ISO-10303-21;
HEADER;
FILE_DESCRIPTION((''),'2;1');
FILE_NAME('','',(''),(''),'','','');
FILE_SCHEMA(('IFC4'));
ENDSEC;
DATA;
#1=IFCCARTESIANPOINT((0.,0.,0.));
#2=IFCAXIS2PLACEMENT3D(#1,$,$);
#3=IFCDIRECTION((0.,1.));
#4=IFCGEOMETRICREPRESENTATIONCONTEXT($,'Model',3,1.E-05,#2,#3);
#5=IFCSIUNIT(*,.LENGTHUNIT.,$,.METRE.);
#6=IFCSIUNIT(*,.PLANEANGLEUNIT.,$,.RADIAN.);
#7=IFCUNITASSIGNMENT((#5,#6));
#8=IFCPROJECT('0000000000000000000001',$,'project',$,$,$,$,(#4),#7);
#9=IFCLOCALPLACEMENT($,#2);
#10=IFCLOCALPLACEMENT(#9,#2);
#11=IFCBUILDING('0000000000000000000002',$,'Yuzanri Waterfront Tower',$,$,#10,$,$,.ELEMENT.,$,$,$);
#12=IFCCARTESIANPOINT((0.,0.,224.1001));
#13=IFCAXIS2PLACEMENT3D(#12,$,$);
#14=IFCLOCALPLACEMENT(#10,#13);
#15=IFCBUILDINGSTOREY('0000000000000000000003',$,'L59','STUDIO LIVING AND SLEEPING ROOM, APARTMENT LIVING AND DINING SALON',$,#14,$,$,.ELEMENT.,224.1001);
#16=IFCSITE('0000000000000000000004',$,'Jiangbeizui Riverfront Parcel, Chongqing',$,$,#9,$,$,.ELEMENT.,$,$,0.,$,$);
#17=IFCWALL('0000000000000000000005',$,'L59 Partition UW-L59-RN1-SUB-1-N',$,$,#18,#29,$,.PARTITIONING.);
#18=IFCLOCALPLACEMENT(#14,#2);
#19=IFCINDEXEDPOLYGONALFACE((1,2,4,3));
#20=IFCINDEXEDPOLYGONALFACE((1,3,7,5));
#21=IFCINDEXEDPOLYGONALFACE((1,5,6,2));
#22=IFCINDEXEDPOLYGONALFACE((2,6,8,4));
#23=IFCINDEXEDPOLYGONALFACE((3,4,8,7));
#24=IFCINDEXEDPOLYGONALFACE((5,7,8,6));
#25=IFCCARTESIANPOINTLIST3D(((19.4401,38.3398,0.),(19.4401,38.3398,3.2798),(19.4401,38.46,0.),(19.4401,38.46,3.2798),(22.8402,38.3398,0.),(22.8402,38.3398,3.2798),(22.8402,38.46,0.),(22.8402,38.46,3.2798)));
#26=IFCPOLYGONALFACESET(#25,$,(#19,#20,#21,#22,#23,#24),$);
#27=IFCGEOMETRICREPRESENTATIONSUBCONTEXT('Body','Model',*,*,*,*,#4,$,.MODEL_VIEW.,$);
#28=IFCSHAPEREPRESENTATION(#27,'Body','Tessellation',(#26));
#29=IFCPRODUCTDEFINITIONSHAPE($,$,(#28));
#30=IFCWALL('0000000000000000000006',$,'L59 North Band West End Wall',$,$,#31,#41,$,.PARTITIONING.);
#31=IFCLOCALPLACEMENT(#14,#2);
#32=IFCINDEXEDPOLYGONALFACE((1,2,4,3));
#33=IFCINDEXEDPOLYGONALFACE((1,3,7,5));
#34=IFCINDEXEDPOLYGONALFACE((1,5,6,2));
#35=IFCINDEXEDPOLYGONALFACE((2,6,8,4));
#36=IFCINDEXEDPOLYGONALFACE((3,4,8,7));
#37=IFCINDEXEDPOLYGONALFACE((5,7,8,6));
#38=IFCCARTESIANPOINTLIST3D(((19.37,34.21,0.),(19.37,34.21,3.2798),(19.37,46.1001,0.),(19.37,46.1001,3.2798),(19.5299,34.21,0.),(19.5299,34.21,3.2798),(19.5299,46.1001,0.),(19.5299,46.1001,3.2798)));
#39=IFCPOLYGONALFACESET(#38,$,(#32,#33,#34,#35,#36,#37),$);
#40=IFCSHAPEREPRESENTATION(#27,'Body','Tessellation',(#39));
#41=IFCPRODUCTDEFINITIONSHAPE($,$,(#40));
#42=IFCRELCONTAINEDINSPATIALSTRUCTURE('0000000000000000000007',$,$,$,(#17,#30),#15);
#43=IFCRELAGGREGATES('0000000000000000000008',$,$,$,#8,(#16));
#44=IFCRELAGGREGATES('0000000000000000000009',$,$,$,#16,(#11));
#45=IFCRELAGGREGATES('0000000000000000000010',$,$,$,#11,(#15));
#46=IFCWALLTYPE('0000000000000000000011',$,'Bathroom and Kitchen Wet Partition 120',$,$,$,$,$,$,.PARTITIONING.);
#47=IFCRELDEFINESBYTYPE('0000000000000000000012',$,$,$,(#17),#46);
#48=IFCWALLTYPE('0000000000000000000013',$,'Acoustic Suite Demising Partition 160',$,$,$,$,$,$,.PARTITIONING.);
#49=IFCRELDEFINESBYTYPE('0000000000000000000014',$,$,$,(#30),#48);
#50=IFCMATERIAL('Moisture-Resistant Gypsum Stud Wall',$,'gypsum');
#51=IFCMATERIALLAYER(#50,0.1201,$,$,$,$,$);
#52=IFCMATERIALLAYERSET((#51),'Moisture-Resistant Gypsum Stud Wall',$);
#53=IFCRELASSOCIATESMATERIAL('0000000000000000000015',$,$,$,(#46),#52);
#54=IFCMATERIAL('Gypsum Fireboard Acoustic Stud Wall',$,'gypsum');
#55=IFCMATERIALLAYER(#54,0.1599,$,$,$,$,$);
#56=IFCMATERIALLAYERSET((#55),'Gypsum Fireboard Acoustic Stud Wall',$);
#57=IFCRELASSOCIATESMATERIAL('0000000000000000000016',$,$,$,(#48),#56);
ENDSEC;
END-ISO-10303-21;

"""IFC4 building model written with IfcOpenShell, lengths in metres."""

from ifc_helpers import new_model, si_unit, direction, frame, frame_2d, origin, place, context, subcontext, project, spatial, rectangle, extrude, source, transform, mapped, material, layer, layer_set, type_object, element, save


model = new_model("IFC4")

# Units and contexts
model_context = context("Model", 3, precision=1e-05, world=origin(), true_north=direction((0.0, 1.0)))
body_context = subcontext(model_context, "Body", "Model", "MODEL_VIEW")
ifc_project = project(units=[si_unit("LENGTHUNIT", "METRE"), si_unit("PLANEANGLEUNIT", "RADIAN")], contexts=[model_context])

# Site, building, storey
site_placement = place(None, origin())
site = spatial("IfcSite", under=ifc_project, at=site_placement, Name="Jiangbeizui Riverfront Parcel, Chongqing", CompositionType="ELEMENT", RefElevation=0.0)
building_placement = place(site_placement, origin())
building = spatial("IfcBuilding", under=site, at=building_placement, Name="Yuzanri Waterfront Tower", CompositionType="ELEMENT")
storey_placement = place(building_placement, frame((0.0, 0.0, 224.1001)))
storey = spatial("IfcBuildingStorey", under=building, at=storey_placement, Name="L59", Description="STUDIO LIVING AND SLEEPING ROOM, APARTMENT LIVING AND DINING SALON", CompositionType="ELEMENT", Elevation=224.1001)

# Walls
ifc_material_1 = material(Name="Moisture-Resistant Gypsum Stud Wall", Category="gypsum")
ifc_layer_1 = layer(ifc_material_1, 0.1201)
ifc_layer_set_1 = layer_set([ifc_layer_1], Name="Moisture-Resistant Gypsum Stud Wall")
wall_type_1 = type_object("IfcWallType", Name="Bathroom and Kitchen Wet Partition 120", PredefinedType="PARTITIONING", material=ifc_layer_set_1)
shared_shape_1 = source(origin(), body_context, "Body", "SweptSolid", [
    extrude(rectangle(XDim=3.4001, YDim=0.1201, at=frame_2d((1.7002, 0.0))), origin(), (0.0, 0.0, 1.0), 3.2798),
])
wall_1_placement = place(storey_placement, frame((19.4399, 38.3999, 0.0), z_axis=(0.0, 0.0, 1.0), x_axis=(1.0, 0.0, 0.0)))
element("IfcWall", 1, at=wall_1_placement, inside=storey, type_object=wall_type_1, Name="L59 Partition UW-L59-RN1-SUB-1-N", PredefinedType="PARTITIONING", context=body_context, shape_type="MappedRepresentation", body=[
    mapped(shared_shape_1, transform((0.0, 0.0, 0.0), scale=1.0)),
])
ifc_material_2 = material(Name="Gypsum Fireboard Acoustic Stud Wall", Category="gypsum")
ifc_layer_2 = layer(ifc_material_2, 0.1599)
ifc_layer_set_2 = layer_set([ifc_layer_2], Name="Gypsum Fireboard Acoustic Stud Wall")
wall_type_2 = type_object("IfcWallType", Name="Acoustic Suite Demising Partition 160", PredefinedType="PARTITIONING", material=ifc_layer_set_2)
shared_shape_2 = source(origin(), body_context, "Body", "SweptSolid", [
    extrude(rectangle(XDim=11.8901, YDim=0.1599, at=frame_2d((5.9451, 0.0))), origin(), (0.0, 0.0, 1.0), 3.2798),
])
wall_2_placement = place(storey_placement, frame((19.45, 34.21, 0.0), z_axis=(0.0, 0.0, 1.0), x_axis=(0.0, 1.0, 0.0)))
element("IfcWall", 2, at=wall_2_placement, inside=storey, type_object=wall_type_2, Name="L59 North Band West End Wall", PredefinedType="PARTITIONING", context=body_context, shape_type="MappedRepresentation", body=[
    mapped(shared_shape_2, transform((0.0, 0.0, 0.0), scale=1.0)),
])

save(model, "model.ifc")
